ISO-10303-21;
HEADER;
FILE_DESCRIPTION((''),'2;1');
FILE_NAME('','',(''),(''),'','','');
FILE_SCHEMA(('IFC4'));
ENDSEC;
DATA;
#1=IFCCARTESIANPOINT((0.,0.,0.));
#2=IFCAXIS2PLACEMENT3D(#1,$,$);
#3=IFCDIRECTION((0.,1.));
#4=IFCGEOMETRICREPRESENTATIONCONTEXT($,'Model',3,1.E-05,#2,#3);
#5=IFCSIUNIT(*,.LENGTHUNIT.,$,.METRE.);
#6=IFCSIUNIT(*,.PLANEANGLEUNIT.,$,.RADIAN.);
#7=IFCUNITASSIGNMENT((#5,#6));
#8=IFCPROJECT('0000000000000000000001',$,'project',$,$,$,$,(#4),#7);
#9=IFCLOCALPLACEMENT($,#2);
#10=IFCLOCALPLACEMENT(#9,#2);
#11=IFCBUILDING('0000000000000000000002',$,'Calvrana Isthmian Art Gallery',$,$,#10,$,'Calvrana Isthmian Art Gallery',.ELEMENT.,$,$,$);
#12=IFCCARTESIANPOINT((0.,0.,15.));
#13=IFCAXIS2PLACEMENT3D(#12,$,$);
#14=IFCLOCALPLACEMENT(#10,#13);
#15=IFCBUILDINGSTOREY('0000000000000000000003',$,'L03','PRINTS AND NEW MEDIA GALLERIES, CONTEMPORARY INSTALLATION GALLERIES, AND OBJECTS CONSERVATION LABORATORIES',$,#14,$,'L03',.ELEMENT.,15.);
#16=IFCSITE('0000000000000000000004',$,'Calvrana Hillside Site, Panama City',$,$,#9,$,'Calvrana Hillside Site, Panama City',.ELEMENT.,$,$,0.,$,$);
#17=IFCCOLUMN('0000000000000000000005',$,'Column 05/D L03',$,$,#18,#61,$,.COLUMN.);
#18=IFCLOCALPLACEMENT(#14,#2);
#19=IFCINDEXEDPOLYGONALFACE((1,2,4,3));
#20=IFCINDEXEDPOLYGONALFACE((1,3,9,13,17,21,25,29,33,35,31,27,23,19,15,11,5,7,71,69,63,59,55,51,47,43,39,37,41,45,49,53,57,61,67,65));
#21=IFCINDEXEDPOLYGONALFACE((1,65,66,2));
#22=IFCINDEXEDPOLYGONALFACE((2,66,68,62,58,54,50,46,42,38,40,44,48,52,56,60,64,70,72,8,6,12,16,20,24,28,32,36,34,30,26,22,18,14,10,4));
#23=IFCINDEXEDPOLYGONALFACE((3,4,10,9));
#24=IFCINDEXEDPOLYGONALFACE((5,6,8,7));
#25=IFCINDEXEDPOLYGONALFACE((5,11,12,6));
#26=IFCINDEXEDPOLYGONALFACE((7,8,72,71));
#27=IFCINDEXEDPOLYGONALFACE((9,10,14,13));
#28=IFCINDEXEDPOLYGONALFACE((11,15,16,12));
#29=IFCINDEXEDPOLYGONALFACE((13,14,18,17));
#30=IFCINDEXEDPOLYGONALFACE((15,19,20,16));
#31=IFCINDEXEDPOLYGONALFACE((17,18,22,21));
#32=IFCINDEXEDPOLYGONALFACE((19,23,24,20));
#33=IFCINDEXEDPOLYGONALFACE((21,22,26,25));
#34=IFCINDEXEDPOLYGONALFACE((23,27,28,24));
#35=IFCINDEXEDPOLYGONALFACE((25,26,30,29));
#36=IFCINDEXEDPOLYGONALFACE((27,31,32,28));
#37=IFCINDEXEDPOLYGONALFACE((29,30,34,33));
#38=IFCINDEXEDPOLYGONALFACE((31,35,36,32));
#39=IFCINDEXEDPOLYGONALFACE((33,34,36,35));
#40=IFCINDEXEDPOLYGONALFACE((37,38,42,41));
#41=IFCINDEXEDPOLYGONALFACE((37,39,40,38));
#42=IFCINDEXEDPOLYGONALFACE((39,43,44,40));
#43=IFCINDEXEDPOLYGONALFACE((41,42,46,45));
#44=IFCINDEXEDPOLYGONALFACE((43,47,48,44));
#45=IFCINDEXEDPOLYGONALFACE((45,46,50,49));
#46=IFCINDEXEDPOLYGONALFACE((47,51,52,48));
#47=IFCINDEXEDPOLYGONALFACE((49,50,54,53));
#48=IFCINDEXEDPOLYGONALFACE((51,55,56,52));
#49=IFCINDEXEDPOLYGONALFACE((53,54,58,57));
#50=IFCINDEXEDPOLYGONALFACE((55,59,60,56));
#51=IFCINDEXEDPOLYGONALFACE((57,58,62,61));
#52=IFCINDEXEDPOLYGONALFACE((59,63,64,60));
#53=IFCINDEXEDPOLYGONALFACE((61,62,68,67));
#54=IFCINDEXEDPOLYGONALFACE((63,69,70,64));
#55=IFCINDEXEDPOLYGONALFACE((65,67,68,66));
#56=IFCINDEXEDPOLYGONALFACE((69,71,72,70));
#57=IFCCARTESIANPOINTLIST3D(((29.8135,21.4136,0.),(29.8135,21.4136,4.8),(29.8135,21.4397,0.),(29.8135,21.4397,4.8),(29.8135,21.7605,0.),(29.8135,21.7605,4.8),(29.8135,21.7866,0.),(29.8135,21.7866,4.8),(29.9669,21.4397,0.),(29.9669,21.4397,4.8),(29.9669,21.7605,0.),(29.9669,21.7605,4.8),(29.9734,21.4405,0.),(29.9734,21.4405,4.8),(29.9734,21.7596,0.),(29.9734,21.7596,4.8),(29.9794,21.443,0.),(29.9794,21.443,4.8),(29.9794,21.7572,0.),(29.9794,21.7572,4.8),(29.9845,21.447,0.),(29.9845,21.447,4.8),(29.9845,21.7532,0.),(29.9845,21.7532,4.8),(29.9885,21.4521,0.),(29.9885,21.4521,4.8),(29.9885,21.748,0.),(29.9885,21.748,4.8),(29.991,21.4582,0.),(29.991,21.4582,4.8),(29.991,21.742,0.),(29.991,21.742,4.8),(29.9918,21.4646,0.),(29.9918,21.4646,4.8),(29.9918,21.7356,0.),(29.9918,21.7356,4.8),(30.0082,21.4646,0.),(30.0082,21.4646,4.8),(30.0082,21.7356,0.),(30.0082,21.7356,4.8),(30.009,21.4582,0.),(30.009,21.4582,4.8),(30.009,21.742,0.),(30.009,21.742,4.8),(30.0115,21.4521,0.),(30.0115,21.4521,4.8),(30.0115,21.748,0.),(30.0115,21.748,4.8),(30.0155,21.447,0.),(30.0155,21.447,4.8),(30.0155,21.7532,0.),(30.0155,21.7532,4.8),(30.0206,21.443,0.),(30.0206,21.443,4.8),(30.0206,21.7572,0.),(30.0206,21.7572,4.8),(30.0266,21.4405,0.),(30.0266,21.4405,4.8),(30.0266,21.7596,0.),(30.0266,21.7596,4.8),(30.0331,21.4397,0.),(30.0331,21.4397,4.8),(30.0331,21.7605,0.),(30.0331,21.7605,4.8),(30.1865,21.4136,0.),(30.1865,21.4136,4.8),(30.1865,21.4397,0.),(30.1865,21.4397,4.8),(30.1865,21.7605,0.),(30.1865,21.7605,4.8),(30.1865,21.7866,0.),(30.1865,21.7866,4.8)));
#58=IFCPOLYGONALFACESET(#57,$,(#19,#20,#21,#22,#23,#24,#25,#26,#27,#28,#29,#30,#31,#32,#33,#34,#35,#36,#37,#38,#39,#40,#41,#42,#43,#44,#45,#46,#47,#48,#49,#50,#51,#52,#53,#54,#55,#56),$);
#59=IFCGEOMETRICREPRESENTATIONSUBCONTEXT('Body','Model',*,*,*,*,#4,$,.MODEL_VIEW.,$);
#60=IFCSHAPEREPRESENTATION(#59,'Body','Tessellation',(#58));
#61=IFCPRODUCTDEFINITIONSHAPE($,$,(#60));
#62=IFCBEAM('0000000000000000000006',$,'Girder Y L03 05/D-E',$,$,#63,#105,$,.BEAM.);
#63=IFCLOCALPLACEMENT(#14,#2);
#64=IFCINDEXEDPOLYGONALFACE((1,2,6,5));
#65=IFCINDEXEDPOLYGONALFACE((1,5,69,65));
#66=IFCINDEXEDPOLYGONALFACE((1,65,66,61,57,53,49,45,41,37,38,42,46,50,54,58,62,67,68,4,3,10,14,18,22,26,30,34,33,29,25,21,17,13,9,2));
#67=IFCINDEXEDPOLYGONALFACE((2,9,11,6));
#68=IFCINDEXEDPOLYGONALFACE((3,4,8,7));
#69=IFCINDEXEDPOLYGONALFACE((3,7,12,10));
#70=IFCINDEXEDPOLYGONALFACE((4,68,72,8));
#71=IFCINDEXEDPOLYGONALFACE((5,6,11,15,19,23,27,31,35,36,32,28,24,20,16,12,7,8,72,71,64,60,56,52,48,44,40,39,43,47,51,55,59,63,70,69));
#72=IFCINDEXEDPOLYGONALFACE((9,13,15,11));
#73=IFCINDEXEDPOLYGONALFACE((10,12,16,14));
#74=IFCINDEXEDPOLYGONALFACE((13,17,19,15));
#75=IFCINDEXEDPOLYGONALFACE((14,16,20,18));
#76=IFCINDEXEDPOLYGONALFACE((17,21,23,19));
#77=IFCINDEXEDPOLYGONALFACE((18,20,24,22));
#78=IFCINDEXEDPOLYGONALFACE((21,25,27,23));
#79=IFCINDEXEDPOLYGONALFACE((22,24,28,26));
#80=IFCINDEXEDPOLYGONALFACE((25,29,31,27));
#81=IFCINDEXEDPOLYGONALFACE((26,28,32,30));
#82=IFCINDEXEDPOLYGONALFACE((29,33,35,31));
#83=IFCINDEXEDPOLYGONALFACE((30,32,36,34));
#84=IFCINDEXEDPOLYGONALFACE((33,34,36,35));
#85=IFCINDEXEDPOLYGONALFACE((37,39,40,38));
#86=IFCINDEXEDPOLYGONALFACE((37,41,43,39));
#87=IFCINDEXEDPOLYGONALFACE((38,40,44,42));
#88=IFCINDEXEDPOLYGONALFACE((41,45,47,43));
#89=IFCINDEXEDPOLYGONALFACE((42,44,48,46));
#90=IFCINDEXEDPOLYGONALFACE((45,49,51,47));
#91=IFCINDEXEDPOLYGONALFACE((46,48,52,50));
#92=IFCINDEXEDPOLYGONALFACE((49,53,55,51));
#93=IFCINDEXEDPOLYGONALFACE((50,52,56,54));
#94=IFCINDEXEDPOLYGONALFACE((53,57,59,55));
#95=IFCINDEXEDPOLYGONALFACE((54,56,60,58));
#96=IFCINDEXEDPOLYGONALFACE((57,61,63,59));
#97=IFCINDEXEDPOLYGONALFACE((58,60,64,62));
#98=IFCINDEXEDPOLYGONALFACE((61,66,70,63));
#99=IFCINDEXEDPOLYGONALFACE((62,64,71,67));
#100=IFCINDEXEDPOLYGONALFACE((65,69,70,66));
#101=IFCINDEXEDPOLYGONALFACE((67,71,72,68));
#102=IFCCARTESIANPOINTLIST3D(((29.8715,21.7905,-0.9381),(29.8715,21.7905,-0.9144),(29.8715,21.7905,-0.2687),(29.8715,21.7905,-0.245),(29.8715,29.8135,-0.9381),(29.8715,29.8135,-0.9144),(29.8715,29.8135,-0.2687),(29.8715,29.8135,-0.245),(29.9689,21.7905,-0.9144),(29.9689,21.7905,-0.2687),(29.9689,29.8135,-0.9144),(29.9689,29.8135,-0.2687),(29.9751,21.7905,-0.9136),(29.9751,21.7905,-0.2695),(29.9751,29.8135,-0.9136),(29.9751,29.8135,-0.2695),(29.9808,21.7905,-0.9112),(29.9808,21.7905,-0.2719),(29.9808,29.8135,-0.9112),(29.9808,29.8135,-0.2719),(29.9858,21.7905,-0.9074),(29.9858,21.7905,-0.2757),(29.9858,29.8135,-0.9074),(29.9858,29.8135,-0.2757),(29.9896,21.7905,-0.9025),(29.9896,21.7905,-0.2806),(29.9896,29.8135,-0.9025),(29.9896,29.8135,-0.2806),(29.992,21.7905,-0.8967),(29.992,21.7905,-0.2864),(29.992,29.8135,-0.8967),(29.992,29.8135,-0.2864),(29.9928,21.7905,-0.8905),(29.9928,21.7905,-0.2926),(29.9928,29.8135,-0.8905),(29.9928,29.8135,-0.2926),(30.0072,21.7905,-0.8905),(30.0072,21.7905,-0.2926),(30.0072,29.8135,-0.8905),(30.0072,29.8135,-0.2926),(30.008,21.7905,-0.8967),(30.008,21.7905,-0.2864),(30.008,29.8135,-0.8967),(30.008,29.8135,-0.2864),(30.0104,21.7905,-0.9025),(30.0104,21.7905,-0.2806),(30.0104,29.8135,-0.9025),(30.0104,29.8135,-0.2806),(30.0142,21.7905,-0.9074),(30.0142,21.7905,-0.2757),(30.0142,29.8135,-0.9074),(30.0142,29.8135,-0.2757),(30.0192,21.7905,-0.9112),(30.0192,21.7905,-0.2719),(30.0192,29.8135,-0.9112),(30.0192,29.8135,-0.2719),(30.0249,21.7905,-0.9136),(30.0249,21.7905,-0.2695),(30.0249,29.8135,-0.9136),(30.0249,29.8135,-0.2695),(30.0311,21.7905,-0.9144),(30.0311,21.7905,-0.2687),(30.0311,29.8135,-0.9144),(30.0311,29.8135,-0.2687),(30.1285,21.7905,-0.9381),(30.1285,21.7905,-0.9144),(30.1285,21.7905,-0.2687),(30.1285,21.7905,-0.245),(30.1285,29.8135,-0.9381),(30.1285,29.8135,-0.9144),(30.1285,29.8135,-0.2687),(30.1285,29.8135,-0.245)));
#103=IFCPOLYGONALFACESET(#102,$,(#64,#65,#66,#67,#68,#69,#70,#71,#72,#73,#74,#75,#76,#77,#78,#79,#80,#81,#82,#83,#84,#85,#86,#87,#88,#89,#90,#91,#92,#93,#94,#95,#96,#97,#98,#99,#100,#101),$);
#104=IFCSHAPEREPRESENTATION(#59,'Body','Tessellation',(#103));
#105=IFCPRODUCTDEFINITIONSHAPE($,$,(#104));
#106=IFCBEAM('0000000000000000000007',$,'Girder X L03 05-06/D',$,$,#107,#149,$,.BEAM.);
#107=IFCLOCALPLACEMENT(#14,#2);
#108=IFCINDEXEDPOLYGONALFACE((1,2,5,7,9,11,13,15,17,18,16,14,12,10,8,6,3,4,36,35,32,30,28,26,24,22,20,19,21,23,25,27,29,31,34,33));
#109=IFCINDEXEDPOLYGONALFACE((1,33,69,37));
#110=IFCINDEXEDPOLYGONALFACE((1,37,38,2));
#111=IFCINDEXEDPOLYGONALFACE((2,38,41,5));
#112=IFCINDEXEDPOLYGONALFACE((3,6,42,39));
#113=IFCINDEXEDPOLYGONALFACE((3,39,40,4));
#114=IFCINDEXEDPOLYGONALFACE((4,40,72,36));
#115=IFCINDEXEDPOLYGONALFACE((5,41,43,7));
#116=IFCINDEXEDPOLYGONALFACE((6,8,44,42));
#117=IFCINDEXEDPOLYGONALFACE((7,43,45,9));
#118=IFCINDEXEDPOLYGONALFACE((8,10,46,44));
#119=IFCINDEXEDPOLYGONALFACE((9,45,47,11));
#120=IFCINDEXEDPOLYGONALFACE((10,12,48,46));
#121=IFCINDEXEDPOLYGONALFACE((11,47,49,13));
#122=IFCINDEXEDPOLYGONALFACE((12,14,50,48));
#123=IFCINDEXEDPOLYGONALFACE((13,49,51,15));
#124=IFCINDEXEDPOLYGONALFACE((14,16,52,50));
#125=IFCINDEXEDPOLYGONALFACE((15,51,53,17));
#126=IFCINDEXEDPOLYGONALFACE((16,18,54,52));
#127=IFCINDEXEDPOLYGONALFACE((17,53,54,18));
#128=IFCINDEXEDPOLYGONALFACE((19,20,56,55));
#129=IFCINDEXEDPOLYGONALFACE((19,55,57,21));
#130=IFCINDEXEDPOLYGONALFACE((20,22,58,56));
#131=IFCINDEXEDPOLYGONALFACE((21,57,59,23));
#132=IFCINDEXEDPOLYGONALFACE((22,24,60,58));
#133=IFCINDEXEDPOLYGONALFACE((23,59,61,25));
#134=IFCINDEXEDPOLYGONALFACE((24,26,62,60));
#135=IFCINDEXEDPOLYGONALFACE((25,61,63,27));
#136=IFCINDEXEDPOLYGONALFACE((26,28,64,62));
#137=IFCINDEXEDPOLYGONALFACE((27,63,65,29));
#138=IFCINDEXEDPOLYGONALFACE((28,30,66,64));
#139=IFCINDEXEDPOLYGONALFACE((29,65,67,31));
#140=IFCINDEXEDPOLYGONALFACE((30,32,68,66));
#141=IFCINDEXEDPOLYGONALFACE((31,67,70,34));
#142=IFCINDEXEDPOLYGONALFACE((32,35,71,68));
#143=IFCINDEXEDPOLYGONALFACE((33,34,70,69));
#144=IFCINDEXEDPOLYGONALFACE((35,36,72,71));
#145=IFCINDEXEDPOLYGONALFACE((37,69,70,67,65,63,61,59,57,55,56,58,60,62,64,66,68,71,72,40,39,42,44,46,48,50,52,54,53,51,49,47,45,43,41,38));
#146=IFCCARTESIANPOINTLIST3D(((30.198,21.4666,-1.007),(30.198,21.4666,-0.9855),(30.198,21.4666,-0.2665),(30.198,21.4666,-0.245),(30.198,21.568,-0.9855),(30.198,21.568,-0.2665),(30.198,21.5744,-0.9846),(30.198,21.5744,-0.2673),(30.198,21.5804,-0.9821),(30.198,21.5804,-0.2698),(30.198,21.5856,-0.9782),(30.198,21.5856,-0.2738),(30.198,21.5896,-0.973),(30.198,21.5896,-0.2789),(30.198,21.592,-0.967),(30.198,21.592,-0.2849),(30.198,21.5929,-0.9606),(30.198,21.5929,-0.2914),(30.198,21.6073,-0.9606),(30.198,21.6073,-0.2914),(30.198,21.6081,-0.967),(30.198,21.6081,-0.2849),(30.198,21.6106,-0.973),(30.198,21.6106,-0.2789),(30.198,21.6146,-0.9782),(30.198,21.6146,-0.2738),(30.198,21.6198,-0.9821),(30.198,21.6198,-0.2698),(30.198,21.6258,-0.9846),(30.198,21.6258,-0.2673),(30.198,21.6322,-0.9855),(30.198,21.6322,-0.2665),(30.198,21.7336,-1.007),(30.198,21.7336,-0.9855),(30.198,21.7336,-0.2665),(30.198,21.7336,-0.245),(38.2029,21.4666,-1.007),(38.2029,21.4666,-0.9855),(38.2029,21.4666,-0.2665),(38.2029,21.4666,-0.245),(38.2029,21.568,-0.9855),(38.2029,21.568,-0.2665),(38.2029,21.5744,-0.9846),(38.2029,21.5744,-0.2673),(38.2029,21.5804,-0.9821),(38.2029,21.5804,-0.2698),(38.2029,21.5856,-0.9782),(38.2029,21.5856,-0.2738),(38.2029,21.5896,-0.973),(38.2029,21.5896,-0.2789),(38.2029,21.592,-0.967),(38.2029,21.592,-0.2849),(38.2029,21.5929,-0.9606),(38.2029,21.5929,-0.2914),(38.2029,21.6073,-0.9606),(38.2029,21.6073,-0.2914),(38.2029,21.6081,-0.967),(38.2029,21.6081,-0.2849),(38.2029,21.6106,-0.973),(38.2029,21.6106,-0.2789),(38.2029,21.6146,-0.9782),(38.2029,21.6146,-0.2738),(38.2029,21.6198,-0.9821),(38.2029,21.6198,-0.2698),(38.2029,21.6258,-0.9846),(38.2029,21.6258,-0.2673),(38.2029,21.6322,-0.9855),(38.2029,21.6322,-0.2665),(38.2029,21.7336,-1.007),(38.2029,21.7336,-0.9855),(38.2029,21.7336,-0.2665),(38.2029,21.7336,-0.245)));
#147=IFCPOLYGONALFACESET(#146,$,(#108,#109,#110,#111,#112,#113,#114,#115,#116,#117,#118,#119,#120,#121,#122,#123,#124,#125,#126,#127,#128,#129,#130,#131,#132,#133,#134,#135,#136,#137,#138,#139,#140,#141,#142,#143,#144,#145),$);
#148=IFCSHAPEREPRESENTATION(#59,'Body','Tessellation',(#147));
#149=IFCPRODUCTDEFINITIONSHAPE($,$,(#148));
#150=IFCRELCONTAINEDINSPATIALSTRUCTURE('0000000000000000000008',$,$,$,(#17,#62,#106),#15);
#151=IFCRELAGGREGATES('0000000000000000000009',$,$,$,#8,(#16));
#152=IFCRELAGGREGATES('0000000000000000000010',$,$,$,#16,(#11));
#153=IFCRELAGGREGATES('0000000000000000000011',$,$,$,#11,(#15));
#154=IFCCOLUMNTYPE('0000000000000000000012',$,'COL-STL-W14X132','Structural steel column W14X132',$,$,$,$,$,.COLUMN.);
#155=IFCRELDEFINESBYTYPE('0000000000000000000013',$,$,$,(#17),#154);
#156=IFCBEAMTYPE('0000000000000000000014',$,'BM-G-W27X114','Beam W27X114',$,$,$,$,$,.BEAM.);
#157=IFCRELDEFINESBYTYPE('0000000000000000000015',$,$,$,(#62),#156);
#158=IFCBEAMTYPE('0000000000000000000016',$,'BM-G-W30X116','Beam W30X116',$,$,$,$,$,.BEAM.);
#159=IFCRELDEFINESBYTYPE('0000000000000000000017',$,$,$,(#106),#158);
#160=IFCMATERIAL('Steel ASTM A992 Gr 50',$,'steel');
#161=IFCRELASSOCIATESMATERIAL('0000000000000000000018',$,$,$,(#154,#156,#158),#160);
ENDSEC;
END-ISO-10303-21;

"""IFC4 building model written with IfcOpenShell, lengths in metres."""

from ifc_helpers import new_model, si_unit, direction, frame, origin, origin_2d, place, context, subcontext, project, spatial, i_section, extrude, material, material_profile, profile_set, type_object, element, save


model = new_model("IFC4")

# Units and contexts
model_context = context("Model", 3, precision=1e-05, world=origin(), true_north=direction((0.0, 1.0)))
body_context = subcontext(model_context, "Body", "Model", "MODEL_VIEW")
ifc_project = project(units=[si_unit("LENGTHUNIT", "METRE"), si_unit("PLANEANGLEUNIT", "RADIAN")], contexts=[model_context])

# Site, building, storey
site_placement = place(None, origin())
site = spatial("IfcSite", under=ifc_project, at=site_placement, Name="Calvrana Hillside Site, Panama City", LongName="Calvrana Hillside Site, Panama City", CompositionType="ELEMENT", RefElevation=0.0)
building_placement = place(site_placement, origin())
building = spatial("IfcBuilding", under=site, at=building_placement, Name="Calvrana Isthmian Art Gallery", LongName="Calvrana Isthmian Art Gallery", CompositionType="ELEMENT")
storey_placement = place(building_placement, frame((0.0, 0.0, 15.0)))
storey = spatial("IfcBuildingStorey", under=building, at=storey_placement, Name="L03", Description="PRINTS AND NEW MEDIA GALLERIES, CONTEMPORARY INSTALLATION GALLERIES, AND OBJECTS CONSERVATION LABORATORIES", LongName="L03", CompositionType="ELEMENT", Elevation=15.0)

# Column
ifc_material_1 = material(Name="Steel ASTM A992 Gr 50", Category="steel")
ifc_material_profile_1 = material_profile(ifc_material_1, i_section(OverallWidth=0.373, OverallDepth=0.373, WebThickness=0.0164, FlangeThickness=0.0261, FilletRadius=0.0249, at=origin_2d()), Name="W14X132")
ifc_profile_set_1 = profile_set([ifc_material_profile_1], Name="Steel ASTM A992 Gr 50")
column_type = type_object("IfcColumnType", Name="COL-STL-W14X132", Description="Structural steel column W14X132", PredefinedType="COLUMN", material=ifc_profile_set_1)
column_placement = place(storey_placement, frame((30.0, 21.6001, 0.0), z_axis=(0.0, 0.0, 1.0), x_axis=(1.0, 0.0, 0.0)))
element("IfcColumn", 1, at=column_placement, inside=storey, type_object=column_type, Name="Column 05/D L03", PredefinedType="COLUMN", context=body_context, shape_type="SweptSolid", body=[
    extrude(i_section(OverallWidth=0.373, OverallDepth=0.373, WebThickness=0.0164, FlangeThickness=0.0261, FilletRadius=0.0249, at=origin_2d()), origin(), (0.0, 0.0, 1.0), 4.8),
])

# Beams
ifc_material_profile_2 = material_profile(ifc_material_1, i_section(OverallWidth=0.2571, OverallDepth=0.6931, WebThickness=0.0144, FlangeThickness=0.0237, FilletRadius=0.0239, at=origin_2d()), Name="W27X114")
ifc_profile_set_2 = profile_set([ifc_material_profile_2], Name="Steel ASTM A992 Gr 50")
beam_type_1 = type_object("IfcBeamType", Name="BM-G-W27X114", Description="Beam W27X114", PredefinedType="BEAM", material=ifc_profile_set_2)
beam_1_placement = place(storey_placement, frame((30.0, 21.7905, -0.5916), z_axis=(0.0, 1.0, 0.0), x_axis=(-1.0, 0.0, 0.0)))
element("IfcBeam", 2, at=beam_1_placement, inside=storey, type_object=beam_type_1, Name="Girder Y L03 05/D-E", PredefinedType="BEAM", context=body_context, shape_type="SweptSolid", body=[
    extrude(i_section(OverallWidth=0.2571, OverallDepth=0.6931, WebThickness=0.0144, FlangeThickness=0.0237, FilletRadius=0.0239, at=origin_2d()), origin(), (0.0, 0.0, 1.0), 8.0229),
])
ifc_material_profile_3 = material_profile(ifc_material_1, i_section(OverallWidth=0.2671, OverallDepth=0.762, WebThickness=0.0144, FlangeThickness=0.0215, FilletRadius=0.0249, at=origin_2d()), Name="W30X116")
ifc_profile_set_3 = profile_set([ifc_material_profile_3], Name="Steel ASTM A992 Gr 50")
beam_type_2 = type_object("IfcBeamType", Name="BM-G-W30X116", Description="Beam W30X116", PredefinedType="BEAM", material=ifc_profile_set_3)
beam_2_placement = place(storey_placement, frame((30.198, 21.6001, -0.626), z_axis=(1.0, 0.0, 0.0), x_axis=(0.0, 1.0, 0.0)))
element("IfcBeam", 3, at=beam_2_placement, inside=storey, type_object=beam_type_2, Name="Girder X L03 05-06/D", PredefinedType="BEAM", context=body_context, shape_type="SweptSolid", body=[
    extrude(i_section(OverallWidth=0.2671, OverallDepth=0.762, WebThickness=0.0144, FlangeThickness=0.0215, FilletRadius=0.0249, at=origin_2d()), origin(), (0.0, 0.0, 1.0), 8.0049),
])

save(model, "model.ifc")
